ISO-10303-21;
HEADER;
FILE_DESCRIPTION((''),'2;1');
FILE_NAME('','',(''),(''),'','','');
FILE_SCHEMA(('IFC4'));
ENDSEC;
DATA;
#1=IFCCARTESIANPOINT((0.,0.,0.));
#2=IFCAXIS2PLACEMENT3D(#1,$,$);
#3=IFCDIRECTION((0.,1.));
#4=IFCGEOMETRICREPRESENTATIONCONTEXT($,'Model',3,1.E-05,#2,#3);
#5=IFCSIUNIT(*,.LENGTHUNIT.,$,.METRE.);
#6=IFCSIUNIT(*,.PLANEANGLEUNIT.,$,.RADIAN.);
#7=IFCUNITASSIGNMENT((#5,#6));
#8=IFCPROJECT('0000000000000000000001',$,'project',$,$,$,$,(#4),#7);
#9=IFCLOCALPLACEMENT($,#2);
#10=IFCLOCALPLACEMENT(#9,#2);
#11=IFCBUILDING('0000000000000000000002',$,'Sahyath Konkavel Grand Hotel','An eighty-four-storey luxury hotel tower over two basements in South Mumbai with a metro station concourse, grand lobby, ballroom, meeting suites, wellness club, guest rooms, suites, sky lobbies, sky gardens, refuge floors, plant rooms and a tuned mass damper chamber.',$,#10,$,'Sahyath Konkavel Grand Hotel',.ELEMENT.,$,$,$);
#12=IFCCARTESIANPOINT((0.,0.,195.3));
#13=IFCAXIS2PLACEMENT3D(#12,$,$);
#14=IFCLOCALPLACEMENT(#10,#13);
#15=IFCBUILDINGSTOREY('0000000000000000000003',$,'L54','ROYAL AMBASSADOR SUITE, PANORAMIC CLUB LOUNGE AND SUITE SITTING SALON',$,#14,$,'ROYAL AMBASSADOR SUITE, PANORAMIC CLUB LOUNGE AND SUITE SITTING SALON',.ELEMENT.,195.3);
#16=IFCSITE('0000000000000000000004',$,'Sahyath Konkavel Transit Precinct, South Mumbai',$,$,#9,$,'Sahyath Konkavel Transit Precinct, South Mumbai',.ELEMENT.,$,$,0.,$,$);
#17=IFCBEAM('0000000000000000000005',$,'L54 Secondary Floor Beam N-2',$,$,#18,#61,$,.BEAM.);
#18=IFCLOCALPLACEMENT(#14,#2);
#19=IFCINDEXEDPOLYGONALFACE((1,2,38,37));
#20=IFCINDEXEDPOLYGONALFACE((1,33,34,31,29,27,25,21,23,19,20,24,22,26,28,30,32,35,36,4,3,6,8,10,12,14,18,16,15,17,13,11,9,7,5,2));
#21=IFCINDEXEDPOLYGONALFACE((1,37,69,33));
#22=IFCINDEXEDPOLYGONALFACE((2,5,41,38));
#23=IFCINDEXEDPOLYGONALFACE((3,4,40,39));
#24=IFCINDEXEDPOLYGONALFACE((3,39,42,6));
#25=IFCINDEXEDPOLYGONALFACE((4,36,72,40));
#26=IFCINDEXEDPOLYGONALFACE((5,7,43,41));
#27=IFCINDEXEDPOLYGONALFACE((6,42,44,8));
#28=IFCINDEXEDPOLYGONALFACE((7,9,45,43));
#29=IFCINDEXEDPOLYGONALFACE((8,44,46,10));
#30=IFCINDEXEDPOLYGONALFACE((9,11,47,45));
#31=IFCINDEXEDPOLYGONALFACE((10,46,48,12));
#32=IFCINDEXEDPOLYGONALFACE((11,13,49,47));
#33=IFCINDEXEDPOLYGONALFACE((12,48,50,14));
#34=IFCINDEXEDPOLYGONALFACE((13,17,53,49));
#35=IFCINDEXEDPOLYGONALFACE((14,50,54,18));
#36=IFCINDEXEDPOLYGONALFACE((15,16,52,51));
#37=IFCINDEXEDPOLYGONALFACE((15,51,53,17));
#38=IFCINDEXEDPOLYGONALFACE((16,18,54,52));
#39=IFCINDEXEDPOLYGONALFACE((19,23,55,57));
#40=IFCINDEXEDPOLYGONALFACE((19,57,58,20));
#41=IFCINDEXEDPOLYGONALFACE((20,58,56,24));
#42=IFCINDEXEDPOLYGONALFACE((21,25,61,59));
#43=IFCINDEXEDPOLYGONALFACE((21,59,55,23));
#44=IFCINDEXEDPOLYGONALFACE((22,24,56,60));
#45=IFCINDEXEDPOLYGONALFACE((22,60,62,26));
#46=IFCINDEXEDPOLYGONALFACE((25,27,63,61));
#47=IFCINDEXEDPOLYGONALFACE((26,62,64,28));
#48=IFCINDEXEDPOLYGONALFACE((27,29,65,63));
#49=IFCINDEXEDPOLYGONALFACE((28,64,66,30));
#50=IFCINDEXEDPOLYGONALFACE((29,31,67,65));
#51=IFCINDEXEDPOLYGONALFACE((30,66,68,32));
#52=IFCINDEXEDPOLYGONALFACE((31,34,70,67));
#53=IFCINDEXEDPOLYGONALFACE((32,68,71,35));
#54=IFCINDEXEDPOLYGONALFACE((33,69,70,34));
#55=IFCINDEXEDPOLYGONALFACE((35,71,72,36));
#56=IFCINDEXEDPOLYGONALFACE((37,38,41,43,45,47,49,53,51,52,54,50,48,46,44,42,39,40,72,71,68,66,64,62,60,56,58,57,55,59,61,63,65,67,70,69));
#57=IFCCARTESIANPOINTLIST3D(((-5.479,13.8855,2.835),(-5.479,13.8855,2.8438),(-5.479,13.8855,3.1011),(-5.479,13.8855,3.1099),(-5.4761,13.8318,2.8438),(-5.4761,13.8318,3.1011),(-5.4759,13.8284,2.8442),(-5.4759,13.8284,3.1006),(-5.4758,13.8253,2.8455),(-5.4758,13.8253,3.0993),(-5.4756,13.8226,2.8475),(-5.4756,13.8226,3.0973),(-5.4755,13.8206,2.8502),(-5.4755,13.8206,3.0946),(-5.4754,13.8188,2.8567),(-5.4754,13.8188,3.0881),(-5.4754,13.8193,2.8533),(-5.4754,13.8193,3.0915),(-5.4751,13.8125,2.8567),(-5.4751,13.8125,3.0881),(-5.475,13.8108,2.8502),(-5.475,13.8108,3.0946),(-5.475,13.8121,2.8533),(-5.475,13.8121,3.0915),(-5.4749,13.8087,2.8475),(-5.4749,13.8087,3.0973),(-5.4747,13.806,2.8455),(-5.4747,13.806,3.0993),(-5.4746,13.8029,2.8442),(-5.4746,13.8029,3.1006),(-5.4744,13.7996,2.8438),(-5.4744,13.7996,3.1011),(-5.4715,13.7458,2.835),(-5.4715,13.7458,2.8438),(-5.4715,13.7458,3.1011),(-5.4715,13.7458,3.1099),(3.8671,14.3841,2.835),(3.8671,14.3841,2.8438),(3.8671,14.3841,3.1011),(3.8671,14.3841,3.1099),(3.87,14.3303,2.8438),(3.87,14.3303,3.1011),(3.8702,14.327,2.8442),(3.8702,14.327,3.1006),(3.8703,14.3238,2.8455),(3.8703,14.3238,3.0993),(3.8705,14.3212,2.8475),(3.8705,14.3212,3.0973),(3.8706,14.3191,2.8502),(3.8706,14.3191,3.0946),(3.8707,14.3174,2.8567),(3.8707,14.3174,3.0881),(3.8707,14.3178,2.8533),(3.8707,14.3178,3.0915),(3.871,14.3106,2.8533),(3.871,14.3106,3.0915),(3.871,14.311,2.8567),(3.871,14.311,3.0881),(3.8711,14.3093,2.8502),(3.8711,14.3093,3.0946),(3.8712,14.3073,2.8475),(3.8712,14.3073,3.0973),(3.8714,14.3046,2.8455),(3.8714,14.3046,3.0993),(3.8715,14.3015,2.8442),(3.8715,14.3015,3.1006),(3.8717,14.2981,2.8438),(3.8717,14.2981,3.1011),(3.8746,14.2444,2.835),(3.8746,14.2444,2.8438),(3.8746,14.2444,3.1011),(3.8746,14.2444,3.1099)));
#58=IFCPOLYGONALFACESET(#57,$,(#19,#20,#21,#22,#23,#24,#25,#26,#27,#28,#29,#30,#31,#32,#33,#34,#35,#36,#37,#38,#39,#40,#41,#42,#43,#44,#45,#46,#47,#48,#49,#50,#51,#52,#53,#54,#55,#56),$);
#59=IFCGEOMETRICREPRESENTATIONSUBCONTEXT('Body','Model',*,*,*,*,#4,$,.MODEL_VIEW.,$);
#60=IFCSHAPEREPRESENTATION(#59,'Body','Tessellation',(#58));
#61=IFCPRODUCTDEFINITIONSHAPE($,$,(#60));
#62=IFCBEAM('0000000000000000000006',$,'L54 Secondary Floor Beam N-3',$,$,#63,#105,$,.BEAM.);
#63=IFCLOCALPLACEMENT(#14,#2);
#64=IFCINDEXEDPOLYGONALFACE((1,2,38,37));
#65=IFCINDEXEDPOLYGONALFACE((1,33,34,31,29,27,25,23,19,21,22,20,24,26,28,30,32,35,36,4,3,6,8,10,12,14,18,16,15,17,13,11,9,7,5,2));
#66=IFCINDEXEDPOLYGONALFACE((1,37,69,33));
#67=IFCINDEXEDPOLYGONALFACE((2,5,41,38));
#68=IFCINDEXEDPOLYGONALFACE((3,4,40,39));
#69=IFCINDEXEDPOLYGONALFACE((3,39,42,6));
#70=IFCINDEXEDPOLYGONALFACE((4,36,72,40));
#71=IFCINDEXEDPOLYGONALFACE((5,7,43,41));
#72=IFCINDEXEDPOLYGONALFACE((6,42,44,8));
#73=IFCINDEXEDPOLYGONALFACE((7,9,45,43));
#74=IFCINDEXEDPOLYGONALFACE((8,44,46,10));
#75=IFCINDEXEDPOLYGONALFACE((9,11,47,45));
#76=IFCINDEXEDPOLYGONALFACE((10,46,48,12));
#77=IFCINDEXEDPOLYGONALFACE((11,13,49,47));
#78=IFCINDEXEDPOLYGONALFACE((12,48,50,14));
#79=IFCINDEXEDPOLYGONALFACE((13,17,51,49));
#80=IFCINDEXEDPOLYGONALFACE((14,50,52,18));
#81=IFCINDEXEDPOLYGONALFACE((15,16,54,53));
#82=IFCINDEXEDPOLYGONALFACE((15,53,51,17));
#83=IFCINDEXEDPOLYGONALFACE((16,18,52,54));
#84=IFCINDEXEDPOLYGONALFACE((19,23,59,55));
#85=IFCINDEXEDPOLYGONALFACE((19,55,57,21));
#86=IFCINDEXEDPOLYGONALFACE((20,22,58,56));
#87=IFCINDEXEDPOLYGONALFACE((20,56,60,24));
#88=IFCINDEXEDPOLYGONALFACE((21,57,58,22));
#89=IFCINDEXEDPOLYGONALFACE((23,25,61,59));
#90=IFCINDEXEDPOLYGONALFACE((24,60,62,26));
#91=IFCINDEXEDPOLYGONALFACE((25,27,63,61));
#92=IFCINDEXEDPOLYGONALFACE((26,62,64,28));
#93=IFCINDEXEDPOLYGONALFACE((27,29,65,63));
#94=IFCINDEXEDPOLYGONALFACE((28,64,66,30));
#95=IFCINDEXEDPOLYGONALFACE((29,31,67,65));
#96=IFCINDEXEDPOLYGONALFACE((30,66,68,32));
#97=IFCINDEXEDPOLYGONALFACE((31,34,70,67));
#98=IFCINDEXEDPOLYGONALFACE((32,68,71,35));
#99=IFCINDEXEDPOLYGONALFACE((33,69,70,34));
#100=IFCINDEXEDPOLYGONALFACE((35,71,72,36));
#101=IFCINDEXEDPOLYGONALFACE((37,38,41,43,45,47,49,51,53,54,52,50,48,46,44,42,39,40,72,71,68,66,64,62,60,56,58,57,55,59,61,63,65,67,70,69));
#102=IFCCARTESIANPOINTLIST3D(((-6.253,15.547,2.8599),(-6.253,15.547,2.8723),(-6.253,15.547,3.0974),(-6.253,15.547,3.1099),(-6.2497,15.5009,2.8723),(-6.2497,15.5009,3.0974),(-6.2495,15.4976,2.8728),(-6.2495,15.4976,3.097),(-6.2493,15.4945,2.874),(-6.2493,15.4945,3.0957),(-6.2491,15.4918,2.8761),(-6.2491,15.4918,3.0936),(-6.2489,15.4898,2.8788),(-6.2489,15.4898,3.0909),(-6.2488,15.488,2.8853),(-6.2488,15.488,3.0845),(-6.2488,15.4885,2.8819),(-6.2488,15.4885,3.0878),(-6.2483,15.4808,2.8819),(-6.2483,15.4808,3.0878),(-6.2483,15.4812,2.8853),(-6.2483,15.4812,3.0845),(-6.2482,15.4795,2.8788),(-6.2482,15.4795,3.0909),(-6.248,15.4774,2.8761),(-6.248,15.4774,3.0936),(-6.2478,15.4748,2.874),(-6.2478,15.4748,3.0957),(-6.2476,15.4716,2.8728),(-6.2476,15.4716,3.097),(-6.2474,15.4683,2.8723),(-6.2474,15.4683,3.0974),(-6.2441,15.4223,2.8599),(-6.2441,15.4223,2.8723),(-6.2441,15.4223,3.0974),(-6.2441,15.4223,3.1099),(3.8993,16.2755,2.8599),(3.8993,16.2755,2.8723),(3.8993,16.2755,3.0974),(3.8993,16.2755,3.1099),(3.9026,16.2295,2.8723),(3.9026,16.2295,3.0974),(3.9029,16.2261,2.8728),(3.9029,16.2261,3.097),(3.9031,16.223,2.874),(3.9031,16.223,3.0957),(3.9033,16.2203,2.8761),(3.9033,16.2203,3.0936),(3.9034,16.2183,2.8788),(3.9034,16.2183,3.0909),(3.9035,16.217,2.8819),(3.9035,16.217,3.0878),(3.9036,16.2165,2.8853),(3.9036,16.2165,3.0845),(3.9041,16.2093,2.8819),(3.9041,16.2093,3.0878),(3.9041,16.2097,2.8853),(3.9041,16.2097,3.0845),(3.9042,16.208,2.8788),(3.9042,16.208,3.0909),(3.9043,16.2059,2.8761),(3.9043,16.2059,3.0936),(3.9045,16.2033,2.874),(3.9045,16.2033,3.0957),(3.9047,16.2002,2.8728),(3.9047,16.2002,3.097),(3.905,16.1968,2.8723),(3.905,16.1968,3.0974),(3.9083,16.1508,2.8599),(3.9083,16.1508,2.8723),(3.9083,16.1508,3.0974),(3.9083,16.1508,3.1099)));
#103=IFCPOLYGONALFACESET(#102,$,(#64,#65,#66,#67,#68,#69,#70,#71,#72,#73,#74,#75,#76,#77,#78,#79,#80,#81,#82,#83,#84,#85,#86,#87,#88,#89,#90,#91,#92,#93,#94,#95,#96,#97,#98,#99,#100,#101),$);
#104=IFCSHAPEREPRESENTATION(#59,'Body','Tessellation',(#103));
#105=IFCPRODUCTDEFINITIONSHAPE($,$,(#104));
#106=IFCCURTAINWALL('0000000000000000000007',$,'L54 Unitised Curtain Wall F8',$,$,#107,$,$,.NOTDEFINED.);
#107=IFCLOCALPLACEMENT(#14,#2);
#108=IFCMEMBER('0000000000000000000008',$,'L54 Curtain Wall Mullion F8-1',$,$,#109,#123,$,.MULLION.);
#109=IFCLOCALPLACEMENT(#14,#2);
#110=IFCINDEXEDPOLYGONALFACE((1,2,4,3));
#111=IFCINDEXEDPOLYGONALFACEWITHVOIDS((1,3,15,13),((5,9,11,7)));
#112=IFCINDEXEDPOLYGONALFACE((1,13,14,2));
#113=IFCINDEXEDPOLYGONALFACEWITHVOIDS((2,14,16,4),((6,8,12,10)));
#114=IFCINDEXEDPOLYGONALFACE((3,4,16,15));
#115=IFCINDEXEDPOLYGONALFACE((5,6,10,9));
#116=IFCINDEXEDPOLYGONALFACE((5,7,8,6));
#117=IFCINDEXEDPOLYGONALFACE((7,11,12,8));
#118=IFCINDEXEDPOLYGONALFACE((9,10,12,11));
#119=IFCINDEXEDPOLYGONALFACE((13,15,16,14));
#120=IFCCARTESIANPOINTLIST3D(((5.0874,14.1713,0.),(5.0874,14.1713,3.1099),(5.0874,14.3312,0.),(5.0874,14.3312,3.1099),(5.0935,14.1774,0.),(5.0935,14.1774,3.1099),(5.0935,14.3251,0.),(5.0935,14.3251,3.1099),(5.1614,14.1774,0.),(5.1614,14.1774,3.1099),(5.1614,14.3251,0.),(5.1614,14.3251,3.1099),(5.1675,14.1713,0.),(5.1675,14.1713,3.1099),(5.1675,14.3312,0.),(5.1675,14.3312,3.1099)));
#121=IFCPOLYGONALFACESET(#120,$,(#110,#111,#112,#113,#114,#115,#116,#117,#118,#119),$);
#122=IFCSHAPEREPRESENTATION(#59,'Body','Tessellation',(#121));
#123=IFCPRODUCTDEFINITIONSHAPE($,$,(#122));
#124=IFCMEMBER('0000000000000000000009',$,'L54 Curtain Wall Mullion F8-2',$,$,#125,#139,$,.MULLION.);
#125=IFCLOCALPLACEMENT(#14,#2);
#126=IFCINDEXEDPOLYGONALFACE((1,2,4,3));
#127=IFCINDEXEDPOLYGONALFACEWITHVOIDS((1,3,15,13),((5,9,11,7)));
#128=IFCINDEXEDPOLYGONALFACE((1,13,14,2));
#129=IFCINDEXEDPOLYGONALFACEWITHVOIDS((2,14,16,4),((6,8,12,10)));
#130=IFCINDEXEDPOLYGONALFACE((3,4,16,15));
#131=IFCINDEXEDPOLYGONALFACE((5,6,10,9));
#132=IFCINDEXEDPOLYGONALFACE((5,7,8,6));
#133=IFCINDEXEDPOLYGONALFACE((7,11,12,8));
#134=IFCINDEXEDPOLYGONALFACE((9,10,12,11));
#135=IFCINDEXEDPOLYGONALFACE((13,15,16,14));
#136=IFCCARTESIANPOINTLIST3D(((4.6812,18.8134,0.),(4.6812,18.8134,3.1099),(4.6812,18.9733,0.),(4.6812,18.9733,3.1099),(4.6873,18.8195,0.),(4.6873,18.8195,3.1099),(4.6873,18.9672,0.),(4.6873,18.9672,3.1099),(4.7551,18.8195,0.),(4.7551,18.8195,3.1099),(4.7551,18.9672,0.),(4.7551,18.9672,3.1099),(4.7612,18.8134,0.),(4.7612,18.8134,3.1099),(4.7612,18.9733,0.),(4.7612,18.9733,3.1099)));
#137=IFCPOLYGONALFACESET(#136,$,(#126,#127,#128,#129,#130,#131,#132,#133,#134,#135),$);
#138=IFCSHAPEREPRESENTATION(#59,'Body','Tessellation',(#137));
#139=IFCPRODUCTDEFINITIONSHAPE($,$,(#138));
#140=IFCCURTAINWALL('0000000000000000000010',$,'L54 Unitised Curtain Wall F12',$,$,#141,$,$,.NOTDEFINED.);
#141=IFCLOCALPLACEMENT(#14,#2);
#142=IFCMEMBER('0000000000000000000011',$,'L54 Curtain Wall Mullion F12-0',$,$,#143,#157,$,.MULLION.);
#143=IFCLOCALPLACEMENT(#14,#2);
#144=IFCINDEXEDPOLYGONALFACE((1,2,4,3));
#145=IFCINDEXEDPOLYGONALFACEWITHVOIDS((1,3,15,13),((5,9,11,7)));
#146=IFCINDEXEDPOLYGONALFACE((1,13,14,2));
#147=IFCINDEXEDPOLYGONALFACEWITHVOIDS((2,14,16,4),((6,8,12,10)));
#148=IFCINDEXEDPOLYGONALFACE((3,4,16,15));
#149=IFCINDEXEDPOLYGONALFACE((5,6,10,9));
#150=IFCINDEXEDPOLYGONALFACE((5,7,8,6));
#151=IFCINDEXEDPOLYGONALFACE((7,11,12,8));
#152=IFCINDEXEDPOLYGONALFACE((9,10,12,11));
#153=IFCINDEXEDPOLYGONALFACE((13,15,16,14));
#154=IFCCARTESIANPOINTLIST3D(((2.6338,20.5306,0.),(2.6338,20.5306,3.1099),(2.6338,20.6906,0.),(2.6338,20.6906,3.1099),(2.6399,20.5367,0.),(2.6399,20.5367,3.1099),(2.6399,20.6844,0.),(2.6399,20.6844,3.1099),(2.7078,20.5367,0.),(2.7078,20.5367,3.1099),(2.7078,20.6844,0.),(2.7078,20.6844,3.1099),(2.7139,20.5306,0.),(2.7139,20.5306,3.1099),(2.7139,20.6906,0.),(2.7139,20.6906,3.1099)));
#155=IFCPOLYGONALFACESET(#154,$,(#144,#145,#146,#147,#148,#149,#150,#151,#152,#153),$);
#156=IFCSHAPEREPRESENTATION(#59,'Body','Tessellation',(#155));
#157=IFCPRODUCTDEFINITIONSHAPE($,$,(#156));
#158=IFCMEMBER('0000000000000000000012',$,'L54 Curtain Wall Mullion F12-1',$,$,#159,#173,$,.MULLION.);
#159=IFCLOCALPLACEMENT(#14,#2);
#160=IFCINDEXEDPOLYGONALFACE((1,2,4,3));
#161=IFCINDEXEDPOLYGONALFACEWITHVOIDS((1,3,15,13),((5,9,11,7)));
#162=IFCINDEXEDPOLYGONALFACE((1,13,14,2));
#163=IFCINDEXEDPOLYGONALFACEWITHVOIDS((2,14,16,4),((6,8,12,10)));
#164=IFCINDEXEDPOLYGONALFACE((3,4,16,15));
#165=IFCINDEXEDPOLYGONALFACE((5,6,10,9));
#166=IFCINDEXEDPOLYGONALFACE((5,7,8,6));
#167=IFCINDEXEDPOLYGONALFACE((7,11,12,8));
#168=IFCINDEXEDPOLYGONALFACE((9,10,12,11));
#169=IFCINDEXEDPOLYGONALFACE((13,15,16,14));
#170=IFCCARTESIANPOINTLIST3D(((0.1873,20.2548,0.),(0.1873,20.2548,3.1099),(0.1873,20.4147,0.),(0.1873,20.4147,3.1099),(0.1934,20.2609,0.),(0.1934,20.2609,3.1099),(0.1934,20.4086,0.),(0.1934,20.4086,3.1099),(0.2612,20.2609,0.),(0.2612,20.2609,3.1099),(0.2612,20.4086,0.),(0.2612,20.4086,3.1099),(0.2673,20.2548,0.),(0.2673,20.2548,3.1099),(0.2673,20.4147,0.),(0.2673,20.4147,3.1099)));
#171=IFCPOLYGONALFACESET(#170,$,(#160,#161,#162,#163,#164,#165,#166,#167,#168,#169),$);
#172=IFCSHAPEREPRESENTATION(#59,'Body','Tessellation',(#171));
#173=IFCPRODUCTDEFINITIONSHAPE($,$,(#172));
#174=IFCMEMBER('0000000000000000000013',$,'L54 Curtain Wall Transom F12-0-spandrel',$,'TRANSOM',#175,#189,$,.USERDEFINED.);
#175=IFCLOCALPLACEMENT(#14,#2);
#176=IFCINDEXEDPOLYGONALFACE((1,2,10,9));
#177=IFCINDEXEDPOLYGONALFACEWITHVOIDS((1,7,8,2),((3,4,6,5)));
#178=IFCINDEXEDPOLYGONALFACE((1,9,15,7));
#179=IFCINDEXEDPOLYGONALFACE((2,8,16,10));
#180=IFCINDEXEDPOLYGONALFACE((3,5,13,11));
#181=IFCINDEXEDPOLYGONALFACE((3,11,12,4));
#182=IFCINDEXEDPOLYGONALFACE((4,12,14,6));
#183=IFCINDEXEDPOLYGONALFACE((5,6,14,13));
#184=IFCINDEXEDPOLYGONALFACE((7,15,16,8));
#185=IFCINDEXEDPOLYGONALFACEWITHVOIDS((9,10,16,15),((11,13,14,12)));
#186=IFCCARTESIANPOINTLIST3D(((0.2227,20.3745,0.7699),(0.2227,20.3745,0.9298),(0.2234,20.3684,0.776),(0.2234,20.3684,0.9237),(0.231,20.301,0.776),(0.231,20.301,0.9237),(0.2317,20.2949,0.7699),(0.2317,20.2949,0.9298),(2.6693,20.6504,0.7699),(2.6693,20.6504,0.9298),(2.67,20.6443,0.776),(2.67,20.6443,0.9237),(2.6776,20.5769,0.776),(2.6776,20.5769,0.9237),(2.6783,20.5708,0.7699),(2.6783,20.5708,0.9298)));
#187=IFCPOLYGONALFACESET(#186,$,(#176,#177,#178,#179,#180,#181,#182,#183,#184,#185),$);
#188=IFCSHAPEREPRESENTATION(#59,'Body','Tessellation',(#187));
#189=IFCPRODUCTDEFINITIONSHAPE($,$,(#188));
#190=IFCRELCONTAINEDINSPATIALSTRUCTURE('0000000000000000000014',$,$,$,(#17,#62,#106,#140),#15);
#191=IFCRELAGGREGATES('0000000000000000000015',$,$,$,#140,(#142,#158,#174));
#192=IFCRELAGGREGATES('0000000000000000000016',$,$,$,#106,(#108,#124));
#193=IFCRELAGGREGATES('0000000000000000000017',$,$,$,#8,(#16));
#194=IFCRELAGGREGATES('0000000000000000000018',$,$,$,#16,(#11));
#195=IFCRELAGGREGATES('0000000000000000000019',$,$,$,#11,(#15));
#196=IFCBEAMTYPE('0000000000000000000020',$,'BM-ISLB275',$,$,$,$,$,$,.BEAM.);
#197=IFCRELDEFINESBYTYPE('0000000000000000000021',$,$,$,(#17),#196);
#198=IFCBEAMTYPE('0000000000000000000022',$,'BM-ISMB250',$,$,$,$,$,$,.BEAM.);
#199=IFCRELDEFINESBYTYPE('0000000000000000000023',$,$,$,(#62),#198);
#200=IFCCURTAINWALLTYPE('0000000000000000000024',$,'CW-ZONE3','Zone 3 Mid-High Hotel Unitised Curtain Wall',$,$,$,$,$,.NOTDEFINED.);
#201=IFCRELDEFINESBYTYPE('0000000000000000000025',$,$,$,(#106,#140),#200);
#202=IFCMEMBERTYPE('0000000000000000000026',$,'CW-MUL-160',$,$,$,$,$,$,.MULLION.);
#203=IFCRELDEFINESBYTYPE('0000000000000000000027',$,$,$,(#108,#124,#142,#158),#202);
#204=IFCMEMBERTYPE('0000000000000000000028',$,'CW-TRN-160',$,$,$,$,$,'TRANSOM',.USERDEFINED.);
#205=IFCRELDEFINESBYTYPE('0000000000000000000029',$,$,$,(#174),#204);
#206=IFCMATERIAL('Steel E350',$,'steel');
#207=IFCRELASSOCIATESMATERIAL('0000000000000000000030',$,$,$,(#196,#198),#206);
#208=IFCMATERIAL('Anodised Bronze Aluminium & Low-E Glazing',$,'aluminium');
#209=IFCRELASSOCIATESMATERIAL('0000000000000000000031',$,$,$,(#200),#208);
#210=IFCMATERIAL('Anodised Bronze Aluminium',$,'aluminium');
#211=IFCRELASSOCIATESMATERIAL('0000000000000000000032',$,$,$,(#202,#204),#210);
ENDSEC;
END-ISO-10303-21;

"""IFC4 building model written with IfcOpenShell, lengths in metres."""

from ifc_helpers import new_model, si_unit, direction, frame, origin, origin_2d, place, context, subcontext, project, spatial, hollow_rectangle, i_section, extrude, source, transform, mapped, material, material_profile, profile_set, type_object, element, aggregate, save


model = new_model("IFC4")

# Units and contexts
model_context = context("Model", 3, precision=1e-05, world=origin(), true_north=direction((0.0, 1.0)))
body_context = subcontext(model_context, "Body", "Model", "MODEL_VIEW")
ifc_project = project(units=[si_unit("LENGTHUNIT", "METRE"), si_unit("PLANEANGLEUNIT", "RADIAN")], contexts=[model_context])

# Site, building, storey
site_placement = place(None, origin())
site = spatial("IfcSite", under=ifc_project, at=site_placement, Name="Sahyath Konkavel Transit Precinct, South Mumbai", LongName="Sahyath Konkavel Transit Precinct, South Mumbai", CompositionType="ELEMENT", RefElevation=0.0)
building_placement = place(site_placement, origin())
building = spatial("IfcBuilding", under=site, at=building_placement, Name="Sahyath Konkavel Grand Hotel", Description="An eighty-four-storey luxury hotel tower over two basements in South Mumbai with a metro station concourse, grand lobby, ballroom, meeting suites, wellness club, guest rooms, suites, sky lobbies, sky gardens, refuge floors, plant rooms and a tuned mass damper chamber.", LongName="Sahyath Konkavel Grand Hotel", CompositionType="ELEMENT")
storey_placement = place(building_placement, frame((0.0, 0.0, 195.3)))
storey = spatial("IfcBuildingStorey", under=building, at=storey_placement, Name="L54", Description="ROYAL AMBASSADOR SUITE, PANORAMIC CLUB LOUNGE AND SUITE SITTING SALON", LongName="ROYAL AMBASSADOR SUITE, PANORAMIC CLUB LOUNGE AND SUITE SITTING SALON", CompositionType="ELEMENT", Elevation=195.3)

# Beams
ifc_material_1 = material(Name="Steel E350", Category="steel")
ifc_material_profile_1 = material_profile(ifc_material_1, i_section(OverallWidth=0.1399, OverallDepth=0.2749, WebThickness=0.0063, FlangeThickness=0.0088, FilletRadius=0.0129, at=origin_2d()), Name="ISLB 275")
ifc_profile_set_1 = profile_set([ifc_material_profile_1], Name="Steel E350")
beam_type_1 = type_object("IfcBeamType", Name="BM-ISLB275", PredefinedType="BEAM", material=ifc_profile_set_1)
shared_shape_1 = source(origin(), body_context, "Body", "SweptSolid", [
    extrude(i_section(OverallWidth=0.1399, OverallDepth=0.2749, WebThickness=0.0063, FlangeThickness=0.0088, FilletRadius=0.0129, at=origin_2d()), origin(), (0.0, 0.0, 1.0), 9.3594),
])
beam_1_placement = place(storey_placement, frame((3.8708, 14.3142, 2.9724), z_axis=(-0.99858, -0.053265, 0.0), x_axis=(0.053265, -0.99858, 0.0)))
element("IfcBeam", 1, at=beam_1_placement, inside=storey, type_object=beam_type_1, Name="L54 Secondary Floor Beam N-2", PredefinedType="BEAM", context=body_context, shape_type="MappedRepresentation", body=[
    mapped(shared_shape_1, transform((0.0, 0.0, 0.0), scale=1.0)),
])
ifc_material_profile_2 = material_profile(ifc_material_1, i_section(OverallWidth=0.125, OverallDepth=0.25, WebThickness=0.0068, FlangeThickness=0.0125, FilletRadius=0.0129, at=origin_2d()), Name="ISMB 250")
ifc_profile_set_2 = profile_set([ifc_material_profile_2], Name="Steel E350")
beam_type_2 = type_object("IfcBeamType", Name="BM-ISMB250", PredefinedType="BEAM", material=ifc_profile_set_2)
shared_shape_2 = source(origin(), body_context, "Body", "SweptSolid", [
    extrude(i_section(OverallWidth=0.125, OverallDepth=0.25, WebThickness=0.0068, FlangeThickness=0.0125, FilletRadius=0.0129, at=origin_2d()), origin(), (0.0, 0.0, 1.0), 10.1785),
])
beam_2_placement = place(storey_placement, frame((3.9038, 16.2131, 2.9849), z_axis=(-0.997435, -0.071574, 0.0), x_axis=(0.071574, -0.997435, 0.0)))
element("IfcBeam", 2, at=beam_2_placement, inside=storey, type_object=beam_type_2, Name="L54 Secondary Floor Beam N-3", PredefinedType="BEAM", context=body_context, shape_type="MappedRepresentation", body=[
    mapped(shared_shape_2, transform((0.0, 0.0, 0.0), scale=1.0)),
])

# Curtain walls, members
ifc_material_2 = material(Name="Anodised Bronze Aluminium & Low-E Glazing", Category="aluminium")
curtain_wall_type = type_object("IfcCurtainWallType", Name="CW-ZONE3", Description="Zone 3 Mid-High Hotel Unitised Curtain Wall", PredefinedType="NOTDEFINED", material=ifc_material_2)
curtain_wall_1_placement = place(storey_placement, origin())
curtain_wall_1 = element("IfcCurtainWall", 3, at=curtain_wall_1_placement, inside=storey, type_object=curtain_wall_type, Name="L54 Unitised Curtain Wall F8", PredefinedType="NOTDEFINED")
ifc_material_3 = material(Name="Anodised Bronze Aluminium", Category="aluminium")
ifc_material_profile_3 = material_profile(ifc_material_3, hollow_rectangle(XDim=0.0801, YDim=0.1599, WallThickness=0.0061, at=origin_2d()), Name="RHS 160x80x6")
ifc_profile_set_3 = profile_set([ifc_material_profile_3], Name="Anodised Bronze Aluminium")
member_type_1 = type_object("IfcMemberType", Name="CW-MUL-160", PredefinedType="MULLION", material=ifc_profile_set_3)
shared_shape_3 = source(origin(), body_context, "Body", "SweptSolid", [
    extrude(hollow_rectangle(XDim=0.0801, YDim=0.1599, WallThickness=0.0061, at=origin_2d()), origin(), (0.0, 0.0, 1.0), 3.1099),
])
member_1_placement = place(storey_placement, frame((5.1274, 14.2512, 0.0), z_axis=(0.0, 0.0, 1.0), x_axis=(1.0, 0.0, 0.0)))
member_1 = element("IfcMember", 4, at=member_1_placement, type_object=member_type_1, Name="L54 Curtain Wall Mullion F8-1", PredefinedType="MULLION", context=body_context, shape_type="MappedRepresentation", body=[
    mapped(shared_shape_3, transform((0.0, 0.0, 0.0), scale=1.0)),
])
member_2_placement = place(storey_placement, frame((4.7212, 18.8933, 0.0), z_axis=(0.0, 0.0, 1.0), x_axis=(1.0, 0.0, 0.0)))
member_2 = element("IfcMember", 5, at=member_2_placement, type_object=member_type_1, Name="L54 Curtain Wall Mullion F8-2", PredefinedType="MULLION", context=body_context, shape_type="MappedRepresentation", body=[
    mapped(shared_shape_3, transform((0.0, 0.0, 0.0), scale=1.0)),
])
curtain_wall_2_placement = place(storey_placement, origin())
curtain_wall_2 = element("IfcCurtainWall", 6, at=curtain_wall_2_placement, inside=storey, type_object=curtain_wall_type, Name="L54 Unitised Curtain Wall F12", PredefinedType="NOTDEFINED")
member_3_placement = place(storey_placement, frame((2.6738, 20.6106, 0.0), z_axis=(0.0, 0.0, 1.0), x_axis=(1.0, 0.0, 0.0)))
member_3 = element("IfcMember", 7, at=member_3_placement, type_object=member_type_1, Name="L54 Curtain Wall Mullion F12-0", PredefinedType="MULLION", context=body_context, shape_type="MappedRepresentation", body=[
    mapped(shared_shape_3, transform((0.0, 0.0, 0.0), scale=1.0)),
])
member_4_placement = place(storey_placement, frame((0.2273, 20.3347, 0.0), z_axis=(0.0, 0.0, 1.0), x_axis=(1.0, 0.0, 0.0)))
member_4 = element("IfcMember", 8, at=member_4_placement, type_object=member_type_1, Name="L54 Curtain Wall Mullion F12-1", PredefinedType="MULLION", context=body_context, shape_type="MappedRepresentation", body=[
    mapped(shared_shape_3, transform((0.0, 0.0, 0.0), scale=1.0)),
])
ifc_material_profile_4 = material_profile(ifc_material_3, hollow_rectangle(XDim=0.0801, YDim=0.1599, WallThickness=0.0061, at=origin_2d()), Name="RHS 160x80x6")
ifc_profile_set_4 = profile_set([ifc_material_profile_4], Name="Anodised Bronze Aluminium")
member_type_2 = type_object("IfcMemberType", Name="CW-TRN-160", ElementType="TRANSOM", PredefinedType="USERDEFINED", material=ifc_profile_set_4)
shared_shape_4 = source(origin(), body_context, "Body", "SweptSolid", [
    extrude(hollow_rectangle(XDim=0.0801, YDim=0.1599, WallThickness=0.0061, at=origin_2d()), origin(), (0.0, 0.0, 1.0), 2.4622),
])
member_5_placement = place(storey_placement, frame((2.6738, 20.6106, 0.8499), z_axis=(-0.993702, -0.112053, 0.0), x_axis=(0.112053, -0.993702, 0.0)))
member_5 = element("IfcMember", 9, at=member_5_placement, type_object=member_type_2, Name="L54 Curtain Wall Transom F12-0-spandrel", ObjectType="TRANSOM", PredefinedType="USERDEFINED", context=body_context, shape_type="MappedRepresentation", body=[
    mapped(shared_shape_4, transform((0.0, 0.0, 0.0), scale=1.0)),
])

aggregate(curtain_wall_2, [member_3, member_4, member_5])
aggregate(curtain_wall_1, [member_1, member_2])

save(model, "model.ifc")
